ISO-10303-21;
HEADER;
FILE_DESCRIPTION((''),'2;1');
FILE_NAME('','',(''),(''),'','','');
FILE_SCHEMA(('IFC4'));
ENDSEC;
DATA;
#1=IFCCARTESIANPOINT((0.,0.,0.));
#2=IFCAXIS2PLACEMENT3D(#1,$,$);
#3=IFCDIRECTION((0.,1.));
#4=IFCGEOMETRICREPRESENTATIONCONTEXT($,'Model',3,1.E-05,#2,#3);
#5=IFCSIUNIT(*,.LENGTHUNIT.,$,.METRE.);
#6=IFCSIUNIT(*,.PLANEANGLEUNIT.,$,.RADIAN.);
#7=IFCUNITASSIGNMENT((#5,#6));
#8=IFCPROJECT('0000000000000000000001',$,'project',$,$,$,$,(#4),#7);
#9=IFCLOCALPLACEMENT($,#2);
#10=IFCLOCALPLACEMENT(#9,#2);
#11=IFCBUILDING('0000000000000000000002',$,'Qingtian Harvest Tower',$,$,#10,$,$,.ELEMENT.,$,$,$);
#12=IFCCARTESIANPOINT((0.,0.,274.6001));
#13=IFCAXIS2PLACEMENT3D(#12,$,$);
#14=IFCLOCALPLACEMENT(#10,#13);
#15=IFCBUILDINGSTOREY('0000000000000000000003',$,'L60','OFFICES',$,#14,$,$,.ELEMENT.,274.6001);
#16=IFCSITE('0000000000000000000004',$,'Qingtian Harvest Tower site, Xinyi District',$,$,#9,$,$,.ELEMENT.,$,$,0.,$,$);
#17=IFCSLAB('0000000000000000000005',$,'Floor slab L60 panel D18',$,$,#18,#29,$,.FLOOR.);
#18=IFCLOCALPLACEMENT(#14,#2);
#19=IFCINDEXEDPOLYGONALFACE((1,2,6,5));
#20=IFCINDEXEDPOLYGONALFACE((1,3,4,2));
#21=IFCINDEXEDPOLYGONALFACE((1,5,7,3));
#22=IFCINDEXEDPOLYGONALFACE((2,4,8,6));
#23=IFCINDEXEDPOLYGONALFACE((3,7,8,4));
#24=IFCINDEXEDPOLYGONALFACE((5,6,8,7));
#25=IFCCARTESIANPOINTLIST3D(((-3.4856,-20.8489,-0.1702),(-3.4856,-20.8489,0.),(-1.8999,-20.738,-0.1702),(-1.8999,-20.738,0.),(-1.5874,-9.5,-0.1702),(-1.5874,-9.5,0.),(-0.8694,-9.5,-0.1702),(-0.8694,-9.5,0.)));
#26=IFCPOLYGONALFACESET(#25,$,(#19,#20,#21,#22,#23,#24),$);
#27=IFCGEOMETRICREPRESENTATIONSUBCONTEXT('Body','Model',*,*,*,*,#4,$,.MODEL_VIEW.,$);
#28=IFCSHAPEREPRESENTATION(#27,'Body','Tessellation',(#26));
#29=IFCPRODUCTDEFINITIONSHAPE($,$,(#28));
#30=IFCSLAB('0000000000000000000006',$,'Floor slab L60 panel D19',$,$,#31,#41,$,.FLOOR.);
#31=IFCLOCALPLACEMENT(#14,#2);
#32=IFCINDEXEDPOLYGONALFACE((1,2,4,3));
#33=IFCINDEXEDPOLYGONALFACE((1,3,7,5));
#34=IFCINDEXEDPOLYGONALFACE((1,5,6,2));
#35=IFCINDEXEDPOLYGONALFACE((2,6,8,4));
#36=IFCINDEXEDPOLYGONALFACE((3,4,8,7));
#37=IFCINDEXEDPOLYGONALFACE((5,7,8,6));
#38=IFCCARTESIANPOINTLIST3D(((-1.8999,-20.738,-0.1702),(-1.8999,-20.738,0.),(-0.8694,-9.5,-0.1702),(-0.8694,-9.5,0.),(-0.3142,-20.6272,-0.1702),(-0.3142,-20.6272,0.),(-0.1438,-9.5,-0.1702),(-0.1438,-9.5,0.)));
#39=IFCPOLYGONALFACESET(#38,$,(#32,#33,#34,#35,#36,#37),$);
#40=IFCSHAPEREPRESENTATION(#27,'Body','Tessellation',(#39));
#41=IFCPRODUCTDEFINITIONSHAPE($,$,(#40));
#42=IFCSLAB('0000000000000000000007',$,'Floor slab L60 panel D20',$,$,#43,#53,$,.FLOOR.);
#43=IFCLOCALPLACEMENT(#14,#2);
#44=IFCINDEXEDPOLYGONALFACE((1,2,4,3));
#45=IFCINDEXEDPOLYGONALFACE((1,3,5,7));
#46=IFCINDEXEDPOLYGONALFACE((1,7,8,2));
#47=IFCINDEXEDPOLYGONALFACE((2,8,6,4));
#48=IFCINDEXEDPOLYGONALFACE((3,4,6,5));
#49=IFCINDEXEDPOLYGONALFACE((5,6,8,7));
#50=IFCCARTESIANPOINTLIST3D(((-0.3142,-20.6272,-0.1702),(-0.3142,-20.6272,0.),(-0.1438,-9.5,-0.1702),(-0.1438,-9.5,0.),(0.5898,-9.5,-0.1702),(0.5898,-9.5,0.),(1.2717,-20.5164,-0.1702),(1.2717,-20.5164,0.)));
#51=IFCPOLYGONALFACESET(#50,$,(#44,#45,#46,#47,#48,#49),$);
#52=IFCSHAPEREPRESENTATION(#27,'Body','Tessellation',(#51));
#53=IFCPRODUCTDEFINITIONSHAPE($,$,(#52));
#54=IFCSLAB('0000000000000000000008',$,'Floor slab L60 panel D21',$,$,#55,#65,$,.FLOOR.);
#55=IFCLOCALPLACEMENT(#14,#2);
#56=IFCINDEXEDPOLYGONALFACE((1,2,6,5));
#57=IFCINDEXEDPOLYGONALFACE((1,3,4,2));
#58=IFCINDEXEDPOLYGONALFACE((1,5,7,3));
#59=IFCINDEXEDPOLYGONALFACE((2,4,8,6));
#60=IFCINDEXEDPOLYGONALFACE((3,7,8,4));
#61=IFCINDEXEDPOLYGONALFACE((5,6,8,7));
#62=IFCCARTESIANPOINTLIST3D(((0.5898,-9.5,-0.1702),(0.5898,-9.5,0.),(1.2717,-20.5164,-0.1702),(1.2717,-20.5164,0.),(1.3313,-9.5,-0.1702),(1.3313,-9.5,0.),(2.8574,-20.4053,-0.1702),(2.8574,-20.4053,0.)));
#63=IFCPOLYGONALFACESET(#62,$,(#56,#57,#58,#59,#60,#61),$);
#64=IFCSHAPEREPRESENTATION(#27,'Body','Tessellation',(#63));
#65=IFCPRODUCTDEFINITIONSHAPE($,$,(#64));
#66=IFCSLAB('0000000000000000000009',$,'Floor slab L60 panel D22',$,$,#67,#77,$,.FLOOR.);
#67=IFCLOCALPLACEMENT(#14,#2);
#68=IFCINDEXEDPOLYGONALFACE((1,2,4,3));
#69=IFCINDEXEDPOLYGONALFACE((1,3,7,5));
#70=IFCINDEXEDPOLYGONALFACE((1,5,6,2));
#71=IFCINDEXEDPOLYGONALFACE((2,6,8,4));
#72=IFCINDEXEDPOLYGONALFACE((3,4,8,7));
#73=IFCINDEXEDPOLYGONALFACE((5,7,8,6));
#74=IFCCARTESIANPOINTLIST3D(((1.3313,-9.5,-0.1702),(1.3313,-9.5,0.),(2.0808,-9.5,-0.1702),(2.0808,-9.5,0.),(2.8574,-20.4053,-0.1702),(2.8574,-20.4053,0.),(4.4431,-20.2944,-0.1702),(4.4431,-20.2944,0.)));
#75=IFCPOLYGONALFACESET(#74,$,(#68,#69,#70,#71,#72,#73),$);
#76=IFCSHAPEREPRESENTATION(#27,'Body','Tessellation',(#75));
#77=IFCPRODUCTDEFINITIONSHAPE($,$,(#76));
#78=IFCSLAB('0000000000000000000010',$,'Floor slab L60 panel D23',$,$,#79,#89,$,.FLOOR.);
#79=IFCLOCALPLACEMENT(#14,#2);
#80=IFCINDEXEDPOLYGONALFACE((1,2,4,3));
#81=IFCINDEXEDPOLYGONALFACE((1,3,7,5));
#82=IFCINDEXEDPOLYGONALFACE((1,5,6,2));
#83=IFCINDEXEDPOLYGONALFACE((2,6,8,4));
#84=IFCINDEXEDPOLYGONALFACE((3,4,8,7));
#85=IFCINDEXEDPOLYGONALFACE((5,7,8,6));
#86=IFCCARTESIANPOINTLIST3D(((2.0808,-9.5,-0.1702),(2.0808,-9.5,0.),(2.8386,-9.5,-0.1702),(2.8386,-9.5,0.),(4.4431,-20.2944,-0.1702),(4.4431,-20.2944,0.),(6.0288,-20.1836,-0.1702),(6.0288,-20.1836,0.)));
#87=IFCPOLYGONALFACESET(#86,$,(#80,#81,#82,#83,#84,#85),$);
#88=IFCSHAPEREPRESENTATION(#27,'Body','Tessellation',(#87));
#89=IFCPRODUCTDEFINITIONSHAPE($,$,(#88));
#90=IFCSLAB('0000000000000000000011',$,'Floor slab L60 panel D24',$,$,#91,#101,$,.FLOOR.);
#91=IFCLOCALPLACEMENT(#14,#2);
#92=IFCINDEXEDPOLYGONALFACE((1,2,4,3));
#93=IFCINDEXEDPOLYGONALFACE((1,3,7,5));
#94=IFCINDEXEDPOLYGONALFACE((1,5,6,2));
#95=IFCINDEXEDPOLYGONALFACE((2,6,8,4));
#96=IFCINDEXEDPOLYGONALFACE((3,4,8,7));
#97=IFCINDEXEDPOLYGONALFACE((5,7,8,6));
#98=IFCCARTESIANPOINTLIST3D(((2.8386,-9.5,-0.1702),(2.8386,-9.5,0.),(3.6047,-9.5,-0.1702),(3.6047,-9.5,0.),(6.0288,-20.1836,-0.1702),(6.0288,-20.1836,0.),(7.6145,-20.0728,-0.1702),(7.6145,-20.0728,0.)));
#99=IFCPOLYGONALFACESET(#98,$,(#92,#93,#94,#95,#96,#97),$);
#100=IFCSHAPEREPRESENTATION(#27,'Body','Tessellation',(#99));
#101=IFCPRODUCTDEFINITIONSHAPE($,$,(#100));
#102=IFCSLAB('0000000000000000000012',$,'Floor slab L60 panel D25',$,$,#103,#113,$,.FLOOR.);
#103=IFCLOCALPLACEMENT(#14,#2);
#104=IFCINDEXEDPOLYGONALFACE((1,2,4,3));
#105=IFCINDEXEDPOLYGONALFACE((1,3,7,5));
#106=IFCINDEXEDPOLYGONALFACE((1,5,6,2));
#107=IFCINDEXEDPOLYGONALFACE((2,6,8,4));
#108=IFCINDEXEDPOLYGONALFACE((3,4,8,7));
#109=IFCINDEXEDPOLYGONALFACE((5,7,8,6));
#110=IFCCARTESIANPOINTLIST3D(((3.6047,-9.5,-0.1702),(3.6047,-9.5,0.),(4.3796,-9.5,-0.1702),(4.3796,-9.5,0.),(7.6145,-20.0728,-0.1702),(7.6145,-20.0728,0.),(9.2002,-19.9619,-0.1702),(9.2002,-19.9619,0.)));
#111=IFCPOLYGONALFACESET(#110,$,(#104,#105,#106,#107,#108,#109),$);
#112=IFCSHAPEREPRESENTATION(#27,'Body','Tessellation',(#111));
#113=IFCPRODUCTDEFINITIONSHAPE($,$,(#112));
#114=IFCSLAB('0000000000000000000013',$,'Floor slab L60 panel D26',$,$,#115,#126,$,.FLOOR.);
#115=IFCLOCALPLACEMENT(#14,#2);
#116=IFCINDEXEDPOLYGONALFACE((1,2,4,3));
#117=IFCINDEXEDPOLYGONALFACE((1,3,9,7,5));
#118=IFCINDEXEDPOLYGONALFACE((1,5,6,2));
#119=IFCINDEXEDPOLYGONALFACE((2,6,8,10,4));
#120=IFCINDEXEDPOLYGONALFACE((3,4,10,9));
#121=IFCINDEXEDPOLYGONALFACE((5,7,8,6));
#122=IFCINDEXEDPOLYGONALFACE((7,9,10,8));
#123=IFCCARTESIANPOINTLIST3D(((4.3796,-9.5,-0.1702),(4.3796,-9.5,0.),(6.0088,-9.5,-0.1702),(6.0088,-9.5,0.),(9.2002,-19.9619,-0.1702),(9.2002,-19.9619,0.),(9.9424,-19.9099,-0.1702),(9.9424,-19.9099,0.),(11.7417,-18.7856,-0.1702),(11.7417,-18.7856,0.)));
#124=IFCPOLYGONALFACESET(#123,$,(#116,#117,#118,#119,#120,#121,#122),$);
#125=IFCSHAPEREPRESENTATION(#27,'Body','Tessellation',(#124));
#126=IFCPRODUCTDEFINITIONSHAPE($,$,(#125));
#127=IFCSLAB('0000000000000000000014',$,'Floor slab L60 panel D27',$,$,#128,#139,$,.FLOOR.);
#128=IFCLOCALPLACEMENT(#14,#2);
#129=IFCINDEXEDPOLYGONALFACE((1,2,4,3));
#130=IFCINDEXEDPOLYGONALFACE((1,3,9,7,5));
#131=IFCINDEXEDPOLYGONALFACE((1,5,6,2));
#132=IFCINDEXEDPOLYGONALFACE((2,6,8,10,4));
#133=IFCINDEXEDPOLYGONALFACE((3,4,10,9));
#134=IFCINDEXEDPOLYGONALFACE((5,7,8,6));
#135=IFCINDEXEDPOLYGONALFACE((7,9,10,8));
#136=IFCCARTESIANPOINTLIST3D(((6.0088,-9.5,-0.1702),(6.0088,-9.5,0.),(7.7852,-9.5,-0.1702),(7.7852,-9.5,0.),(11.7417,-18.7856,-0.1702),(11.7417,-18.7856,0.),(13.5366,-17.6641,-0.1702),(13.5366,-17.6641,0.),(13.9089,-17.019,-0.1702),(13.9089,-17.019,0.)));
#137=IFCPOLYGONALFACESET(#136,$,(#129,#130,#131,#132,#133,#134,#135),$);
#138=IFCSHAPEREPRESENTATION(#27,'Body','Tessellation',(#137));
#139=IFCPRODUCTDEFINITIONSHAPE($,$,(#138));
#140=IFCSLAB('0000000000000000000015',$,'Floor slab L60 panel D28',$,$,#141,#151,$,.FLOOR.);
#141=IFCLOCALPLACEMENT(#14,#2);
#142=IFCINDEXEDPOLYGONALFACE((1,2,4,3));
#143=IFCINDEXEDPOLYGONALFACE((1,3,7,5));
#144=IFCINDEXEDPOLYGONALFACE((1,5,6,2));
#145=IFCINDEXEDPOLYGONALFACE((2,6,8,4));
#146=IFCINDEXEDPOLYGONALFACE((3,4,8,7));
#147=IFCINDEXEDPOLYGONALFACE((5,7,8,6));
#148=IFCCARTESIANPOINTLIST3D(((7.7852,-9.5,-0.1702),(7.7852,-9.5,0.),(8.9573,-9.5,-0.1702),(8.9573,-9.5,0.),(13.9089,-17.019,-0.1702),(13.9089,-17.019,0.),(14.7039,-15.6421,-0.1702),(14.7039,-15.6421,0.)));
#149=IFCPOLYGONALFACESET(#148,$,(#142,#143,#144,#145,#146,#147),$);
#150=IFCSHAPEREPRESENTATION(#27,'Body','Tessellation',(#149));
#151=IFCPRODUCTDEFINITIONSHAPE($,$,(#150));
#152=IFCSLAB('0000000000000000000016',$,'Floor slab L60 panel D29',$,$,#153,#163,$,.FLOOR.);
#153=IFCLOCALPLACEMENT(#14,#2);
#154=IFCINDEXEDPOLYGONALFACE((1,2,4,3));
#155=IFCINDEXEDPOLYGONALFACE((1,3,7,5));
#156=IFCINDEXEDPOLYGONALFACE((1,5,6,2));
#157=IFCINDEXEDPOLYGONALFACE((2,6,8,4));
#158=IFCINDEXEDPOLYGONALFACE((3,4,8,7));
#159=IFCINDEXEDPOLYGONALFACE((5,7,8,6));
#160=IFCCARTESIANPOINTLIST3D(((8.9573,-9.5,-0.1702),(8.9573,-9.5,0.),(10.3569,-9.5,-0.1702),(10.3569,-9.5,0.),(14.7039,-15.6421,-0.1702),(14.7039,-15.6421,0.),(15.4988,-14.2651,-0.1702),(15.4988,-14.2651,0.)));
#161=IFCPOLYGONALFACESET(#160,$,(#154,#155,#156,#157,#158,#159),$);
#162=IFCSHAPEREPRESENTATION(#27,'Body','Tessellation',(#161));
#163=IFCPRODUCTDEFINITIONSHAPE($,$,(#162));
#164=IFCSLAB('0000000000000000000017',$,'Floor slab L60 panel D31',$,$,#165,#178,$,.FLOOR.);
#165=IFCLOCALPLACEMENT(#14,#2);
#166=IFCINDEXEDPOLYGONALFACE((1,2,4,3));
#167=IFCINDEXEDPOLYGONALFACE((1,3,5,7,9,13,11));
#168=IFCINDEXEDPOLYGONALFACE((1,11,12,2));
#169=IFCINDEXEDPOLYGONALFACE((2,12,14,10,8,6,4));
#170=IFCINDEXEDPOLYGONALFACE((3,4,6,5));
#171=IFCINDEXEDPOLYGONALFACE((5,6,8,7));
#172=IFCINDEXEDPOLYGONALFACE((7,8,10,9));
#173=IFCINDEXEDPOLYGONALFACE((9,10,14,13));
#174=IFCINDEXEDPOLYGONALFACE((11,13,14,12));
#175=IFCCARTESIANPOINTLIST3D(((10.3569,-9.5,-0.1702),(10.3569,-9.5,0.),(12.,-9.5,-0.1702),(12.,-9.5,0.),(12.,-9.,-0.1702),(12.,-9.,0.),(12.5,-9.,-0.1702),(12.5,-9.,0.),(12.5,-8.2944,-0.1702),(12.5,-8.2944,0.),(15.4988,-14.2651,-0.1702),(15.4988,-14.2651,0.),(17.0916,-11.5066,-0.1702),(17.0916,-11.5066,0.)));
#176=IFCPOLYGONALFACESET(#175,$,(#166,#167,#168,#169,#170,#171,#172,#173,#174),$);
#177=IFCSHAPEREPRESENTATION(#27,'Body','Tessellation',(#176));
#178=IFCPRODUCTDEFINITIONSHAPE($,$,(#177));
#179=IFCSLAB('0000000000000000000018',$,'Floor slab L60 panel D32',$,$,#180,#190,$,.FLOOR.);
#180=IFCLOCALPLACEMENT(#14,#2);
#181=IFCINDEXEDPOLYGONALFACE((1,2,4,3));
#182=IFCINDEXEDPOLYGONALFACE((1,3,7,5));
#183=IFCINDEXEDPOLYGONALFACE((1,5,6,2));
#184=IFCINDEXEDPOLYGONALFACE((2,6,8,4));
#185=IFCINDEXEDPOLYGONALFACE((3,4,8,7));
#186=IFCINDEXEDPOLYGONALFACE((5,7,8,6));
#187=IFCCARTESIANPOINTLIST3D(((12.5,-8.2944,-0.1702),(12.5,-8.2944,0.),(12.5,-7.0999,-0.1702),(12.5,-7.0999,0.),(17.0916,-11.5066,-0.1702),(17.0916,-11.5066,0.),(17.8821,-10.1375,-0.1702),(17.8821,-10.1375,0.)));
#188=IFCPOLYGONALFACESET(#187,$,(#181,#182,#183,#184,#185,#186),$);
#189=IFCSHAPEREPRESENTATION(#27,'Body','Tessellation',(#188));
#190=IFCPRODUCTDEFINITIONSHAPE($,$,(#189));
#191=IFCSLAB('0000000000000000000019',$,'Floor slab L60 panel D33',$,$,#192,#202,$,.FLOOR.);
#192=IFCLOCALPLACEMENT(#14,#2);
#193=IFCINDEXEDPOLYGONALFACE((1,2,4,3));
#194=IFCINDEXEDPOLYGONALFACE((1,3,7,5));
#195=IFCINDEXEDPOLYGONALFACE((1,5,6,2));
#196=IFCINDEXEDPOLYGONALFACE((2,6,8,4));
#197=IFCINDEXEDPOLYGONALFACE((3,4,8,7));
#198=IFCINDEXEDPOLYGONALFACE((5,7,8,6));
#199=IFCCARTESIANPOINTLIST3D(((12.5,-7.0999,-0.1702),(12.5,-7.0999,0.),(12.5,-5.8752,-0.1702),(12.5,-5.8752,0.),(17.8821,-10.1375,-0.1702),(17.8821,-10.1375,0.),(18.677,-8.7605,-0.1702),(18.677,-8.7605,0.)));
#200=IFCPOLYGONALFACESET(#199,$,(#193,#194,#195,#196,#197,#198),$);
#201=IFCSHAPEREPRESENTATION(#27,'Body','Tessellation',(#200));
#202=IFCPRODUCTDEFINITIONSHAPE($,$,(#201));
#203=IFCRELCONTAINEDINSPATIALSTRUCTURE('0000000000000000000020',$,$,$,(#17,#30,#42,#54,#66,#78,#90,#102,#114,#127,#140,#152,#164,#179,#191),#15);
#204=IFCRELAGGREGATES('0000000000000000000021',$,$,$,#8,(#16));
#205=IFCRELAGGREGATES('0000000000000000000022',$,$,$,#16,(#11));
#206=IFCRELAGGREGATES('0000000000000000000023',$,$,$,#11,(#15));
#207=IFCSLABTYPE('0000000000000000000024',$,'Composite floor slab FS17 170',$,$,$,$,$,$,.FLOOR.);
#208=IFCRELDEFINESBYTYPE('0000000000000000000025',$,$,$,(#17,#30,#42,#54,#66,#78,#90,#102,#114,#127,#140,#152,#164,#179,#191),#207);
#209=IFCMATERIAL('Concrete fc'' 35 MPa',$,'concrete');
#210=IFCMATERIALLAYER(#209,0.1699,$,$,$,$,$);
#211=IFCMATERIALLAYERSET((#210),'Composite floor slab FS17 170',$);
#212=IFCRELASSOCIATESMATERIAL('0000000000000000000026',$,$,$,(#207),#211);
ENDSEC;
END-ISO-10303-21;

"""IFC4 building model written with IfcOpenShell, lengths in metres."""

from ifc_helpers import new_model, si_unit, direction, frame, origin, place, context, subcontext, project, spatial, polyline, outline, extrude, material, layer, layer_set, type_object, element, save


model = new_model("IFC4")

# Units and contexts
model_context = context("Model", 3, precision=1e-05, world=origin(), true_north=direction((0.0, 1.0)))
body_context = subcontext(model_context, "Body", "Model", "MODEL_VIEW")
ifc_project = project(units=[si_unit("LENGTHUNIT", "METRE"), si_unit("PLANEANGLEUNIT", "RADIAN")], contexts=[model_context])

# Site, building, storey
site_placement = place(None, origin())
site = spatial("IfcSite", under=ifc_project, at=site_placement, Name="Qingtian Harvest Tower site, Xinyi District", CompositionType="ELEMENT", RefElevation=0.0)
building_placement = place(site_placement, origin())
building = spatial("IfcBuilding", under=site, at=building_placement, Name="Qingtian Harvest Tower", CompositionType="ELEMENT")
storey_placement = place(building_placement, frame((0.0, 0.0, 274.6001)))
storey = spatial("IfcBuildingStorey", under=building, at=storey_placement, Name="L60", Description="OFFICES", CompositionType="ELEMENT", Elevation=274.6001)

# Slabs
ifc_material = material(Name="Concrete fc' 35 MPa", Category="concrete")
ifc_layer = layer(ifc_material, 0.1699)
ifc_layer_set = layer_set([ifc_layer], Name="Composite floor slab FS17 170")
slab_type = type_object("IfcSlabType", Name="Composite floor slab FS17 170", PredefinedType="FLOOR", material=ifc_layer_set)
slab_1_placement = place(storey_placement, frame((0.0, 0.0, -0.1702)))
element("IfcSlab", 1, at=slab_1_placement, inside=storey, type_object=slab_type, Name="Floor slab L60 panel D18", PredefinedType="FLOOR", context=body_context, shape_type="SweptSolid", body=[
    extrude(outline(polyline([(-0.8694, -9.5), (-1.8999, -20.738), (-3.4856, -20.8489), (-1.5874, -9.5), (-0.8694, -9.5)])), origin(), (0.0, 0.0, 1.0), 0.1702),
])
slab_2_placement = place(storey_placement, frame((0.0, 0.0, -0.1702)))
element("IfcSlab", 2, at=slab_2_placement, inside=storey, type_object=slab_type, Name="Floor slab L60 panel D19", PredefinedType="FLOOR", context=body_context, shape_type="SweptSolid", body=[
    extrude(outline(polyline([(-0.1438, -9.5), (-0.3142, -20.6272), (-1.8999, -20.738), (-0.8694, -9.5), (-0.1438, -9.5)])), origin(), (0.0, 0.0, 1.0), 0.1702),
])
slab_3_placement = place(storey_placement, frame((0.0, 0.0, -0.1702)))
element("IfcSlab", 3, at=slab_3_placement, inside=storey, type_object=slab_type, Name="Floor slab L60 panel D20", PredefinedType="FLOOR", context=body_context, shape_type="SweptSolid", body=[
    extrude(outline(polyline([(0.5898, -9.5), (1.2717, -20.5164), (-0.3142, -20.6272), (-0.1438, -9.5), (0.5898, -9.5)])), origin(), (0.0, 0.0, 1.0), 0.1702),
])
slab_4_placement = place(storey_placement, frame((0.0, 0.0, -0.1702)))
element("IfcSlab", 4, at=slab_4_placement, inside=storey, type_object=slab_type, Name="Floor slab L60 panel D21", PredefinedType="FLOOR", context=body_context, shape_type="SweptSolid", body=[
    extrude(outline(polyline([(1.3313, -9.5), (2.8574, -20.4053), (1.2717, -20.5164), (0.5898, -9.5), (1.3313, -9.5)])), origin(), (0.0, 0.0, 1.0), 0.1702),
])
slab_5_placement = place(storey_placement, frame((0.0, 0.0, -0.1702)))
element("IfcSlab", 5, at=slab_5_placement, inside=storey, type_object=slab_type, Name="Floor slab L60 panel D22", PredefinedType="FLOOR", context=body_context, shape_type="SweptSolid", body=[
    extrude(outline(polyline([(2.0808, -9.5), (4.4431, -20.2944), (2.8574, -20.4053), (1.3313, -9.5), (2.0808, -9.5)])), origin(), (0.0, 0.0, 1.0), 0.1702),
])
slab_6_placement = place(storey_placement, frame((0.0, 0.0, -0.1702)))
element("IfcSlab", 6, at=slab_6_placement, inside=storey, type_object=slab_type, Name="Floor slab L60 panel D23", PredefinedType="FLOOR", context=body_context, shape_type="SweptSolid", body=[
    extrude(outline(polyline([(2.8386, -9.5), (6.0288, -20.1836), (4.4431, -20.2944), (2.0808, -9.5), (2.8386, -9.5)])), origin(), (0.0, 0.0, 1.0), 0.1702),
])
slab_7_placement = place(storey_placement, frame((0.0, 0.0, -0.1702)))
element("IfcSlab", 7, at=slab_7_placement, inside=storey, type_object=slab_type, Name="Floor slab L60 panel D24", PredefinedType="FLOOR", context=body_context, shape_type="SweptSolid", body=[
    extrude(outline(polyline([(3.6047, -9.5), (7.6145, -20.0728), (6.0288, -20.1836), (2.8386, -9.5), (3.6047, -9.5)])), origin(), (0.0, 0.0, 1.0), 0.1702),
])
slab_8_placement = place(storey_placement, frame((0.0, 0.0, -0.1702)))
element("IfcSlab", 8, at=slab_8_placement, inside=storey, type_object=slab_type, Name="Floor slab L60 panel D25", PredefinedType="FLOOR", context=body_context, shape_type="SweptSolid", body=[
    extrude(outline(polyline([(4.3796, -9.5), (9.2002, -19.9619), (7.6145, -20.0728), (3.6047, -9.5), (4.3796, -9.5)])), origin(), (0.0, 0.0, 1.0), 0.1702),
])
slab_9_placement = place(storey_placement, frame((0.0, 0.0, -0.1702)))
element("IfcSlab", 9, at=slab_9_placement, inside=storey, type_object=slab_type, Name="Floor slab L60 panel D26", PredefinedType="FLOOR", context=body_context, shape_type="SweptSolid", body=[
    extrude(outline(polyline([(4.3796, -9.5), (6.0088, -9.5), (11.7417, -18.7856), (9.9424, -19.9099), (9.2002, -19.9619), (4.3796, -9.5)])), origin(), (0.0, 0.0, 1.0), 0.1702),
])
slab_10_placement = place(storey_placement, frame((0.0, 0.0, -0.1702)))
element("IfcSlab", 10, at=slab_10_placement, inside=storey, type_object=slab_type, Name="Floor slab L60 panel D27", PredefinedType="FLOOR", context=body_context, shape_type="SweptSolid", body=[
    extrude(outline(polyline([(6.0088, -9.5), (7.7852, -9.5), (13.9089, -17.019), (13.5366, -17.6641), (11.7417, -18.7856), (6.0088, -9.5)])), origin(), (0.0, 0.0, 1.0), 0.1702),
])
slab_11_placement = place(storey_placement, frame((0.0, 0.0, -0.1702)))
element("IfcSlab", 11, at=slab_11_placement, inside=storey, type_object=slab_type, Name="Floor slab L60 panel D28", PredefinedType="FLOOR", context=body_context, shape_type="SweptSolid", body=[
    extrude(outline(polyline([(8.9573, -9.5), (14.7039, -15.6421), (13.9089, -17.019), (7.7852, -9.5), (8.9573, -9.5)])), origin(), (0.0, 0.0, 1.0), 0.1702),
])
slab_12_placement = place(storey_placement, frame((0.0, 0.0, -0.1702)))
element("IfcSlab", 12, at=slab_12_placement, inside=storey, type_object=slab_type, Name="Floor slab L60 panel D29", PredefinedType="FLOOR", context=body_context, shape_type="SweptSolid", body=[
    extrude(outline(polyline([(10.3569, -9.5), (15.4988, -14.2651), (14.7039, -15.6421), (8.9573, -9.5), (10.3569, -9.5)])), origin(), (0.0, 0.0, 1.0), 0.1702),
])
slab_13_placement = place(storey_placement, frame((0.0, 0.0, -0.1702)))
element("IfcSlab", 13, at=slab_13_placement, inside=storey, type_object=slab_type, Name="Floor slab L60 panel D31", PredefinedType="FLOOR", context=body_context, shape_type="SweptSolid", body=[
    extrude(outline(polyline([(12.5, -8.2944), (17.0916, -11.5066), (15.4988, -14.2651), (10.3569, -9.5), (12.0, -9.5), (12.0, -9.0), (12.5, -9.0), (12.5, -8.2944)])), origin(), (0.0, 0.0, 1.0), 0.1702),
])
slab_14_placement = place(storey_placement, frame((0.0, 0.0, -0.1702)))
element("IfcSlab", 14, at=slab_14_placement, inside=storey, type_object=slab_type, Name="Floor slab L60 panel D32", PredefinedType="FLOOR", context=body_context, shape_type="SweptSolid", body=[
    extrude(outline(polyline([(12.5, -7.0999), (17.8821, -10.1375), (17.0916, -11.5066), (12.5, -8.2944), (12.5, -7.0999)])), origin(), (0.0, 0.0, 1.0), 0.1702),
])
slab_15_placement = place(storey_placement, frame((0.0, 0.0, -0.1702)))
element("IfcSlab", 15, at=slab_15_placement, inside=storey, type_object=slab_type, Name="Floor slab L60 panel D33", PredefinedType="FLOOR", context=body_context, shape_type="SweptSolid", body=[
    extrude(outline(polyline([(12.5, -5.8752), (18.677, -8.7605), (17.8821, -10.1375), (12.5, -7.0999), (12.5, -5.8752)])), origin(), (0.0, 0.0, 1.0), 0.1702),
])

save(model, "model.ifc")
